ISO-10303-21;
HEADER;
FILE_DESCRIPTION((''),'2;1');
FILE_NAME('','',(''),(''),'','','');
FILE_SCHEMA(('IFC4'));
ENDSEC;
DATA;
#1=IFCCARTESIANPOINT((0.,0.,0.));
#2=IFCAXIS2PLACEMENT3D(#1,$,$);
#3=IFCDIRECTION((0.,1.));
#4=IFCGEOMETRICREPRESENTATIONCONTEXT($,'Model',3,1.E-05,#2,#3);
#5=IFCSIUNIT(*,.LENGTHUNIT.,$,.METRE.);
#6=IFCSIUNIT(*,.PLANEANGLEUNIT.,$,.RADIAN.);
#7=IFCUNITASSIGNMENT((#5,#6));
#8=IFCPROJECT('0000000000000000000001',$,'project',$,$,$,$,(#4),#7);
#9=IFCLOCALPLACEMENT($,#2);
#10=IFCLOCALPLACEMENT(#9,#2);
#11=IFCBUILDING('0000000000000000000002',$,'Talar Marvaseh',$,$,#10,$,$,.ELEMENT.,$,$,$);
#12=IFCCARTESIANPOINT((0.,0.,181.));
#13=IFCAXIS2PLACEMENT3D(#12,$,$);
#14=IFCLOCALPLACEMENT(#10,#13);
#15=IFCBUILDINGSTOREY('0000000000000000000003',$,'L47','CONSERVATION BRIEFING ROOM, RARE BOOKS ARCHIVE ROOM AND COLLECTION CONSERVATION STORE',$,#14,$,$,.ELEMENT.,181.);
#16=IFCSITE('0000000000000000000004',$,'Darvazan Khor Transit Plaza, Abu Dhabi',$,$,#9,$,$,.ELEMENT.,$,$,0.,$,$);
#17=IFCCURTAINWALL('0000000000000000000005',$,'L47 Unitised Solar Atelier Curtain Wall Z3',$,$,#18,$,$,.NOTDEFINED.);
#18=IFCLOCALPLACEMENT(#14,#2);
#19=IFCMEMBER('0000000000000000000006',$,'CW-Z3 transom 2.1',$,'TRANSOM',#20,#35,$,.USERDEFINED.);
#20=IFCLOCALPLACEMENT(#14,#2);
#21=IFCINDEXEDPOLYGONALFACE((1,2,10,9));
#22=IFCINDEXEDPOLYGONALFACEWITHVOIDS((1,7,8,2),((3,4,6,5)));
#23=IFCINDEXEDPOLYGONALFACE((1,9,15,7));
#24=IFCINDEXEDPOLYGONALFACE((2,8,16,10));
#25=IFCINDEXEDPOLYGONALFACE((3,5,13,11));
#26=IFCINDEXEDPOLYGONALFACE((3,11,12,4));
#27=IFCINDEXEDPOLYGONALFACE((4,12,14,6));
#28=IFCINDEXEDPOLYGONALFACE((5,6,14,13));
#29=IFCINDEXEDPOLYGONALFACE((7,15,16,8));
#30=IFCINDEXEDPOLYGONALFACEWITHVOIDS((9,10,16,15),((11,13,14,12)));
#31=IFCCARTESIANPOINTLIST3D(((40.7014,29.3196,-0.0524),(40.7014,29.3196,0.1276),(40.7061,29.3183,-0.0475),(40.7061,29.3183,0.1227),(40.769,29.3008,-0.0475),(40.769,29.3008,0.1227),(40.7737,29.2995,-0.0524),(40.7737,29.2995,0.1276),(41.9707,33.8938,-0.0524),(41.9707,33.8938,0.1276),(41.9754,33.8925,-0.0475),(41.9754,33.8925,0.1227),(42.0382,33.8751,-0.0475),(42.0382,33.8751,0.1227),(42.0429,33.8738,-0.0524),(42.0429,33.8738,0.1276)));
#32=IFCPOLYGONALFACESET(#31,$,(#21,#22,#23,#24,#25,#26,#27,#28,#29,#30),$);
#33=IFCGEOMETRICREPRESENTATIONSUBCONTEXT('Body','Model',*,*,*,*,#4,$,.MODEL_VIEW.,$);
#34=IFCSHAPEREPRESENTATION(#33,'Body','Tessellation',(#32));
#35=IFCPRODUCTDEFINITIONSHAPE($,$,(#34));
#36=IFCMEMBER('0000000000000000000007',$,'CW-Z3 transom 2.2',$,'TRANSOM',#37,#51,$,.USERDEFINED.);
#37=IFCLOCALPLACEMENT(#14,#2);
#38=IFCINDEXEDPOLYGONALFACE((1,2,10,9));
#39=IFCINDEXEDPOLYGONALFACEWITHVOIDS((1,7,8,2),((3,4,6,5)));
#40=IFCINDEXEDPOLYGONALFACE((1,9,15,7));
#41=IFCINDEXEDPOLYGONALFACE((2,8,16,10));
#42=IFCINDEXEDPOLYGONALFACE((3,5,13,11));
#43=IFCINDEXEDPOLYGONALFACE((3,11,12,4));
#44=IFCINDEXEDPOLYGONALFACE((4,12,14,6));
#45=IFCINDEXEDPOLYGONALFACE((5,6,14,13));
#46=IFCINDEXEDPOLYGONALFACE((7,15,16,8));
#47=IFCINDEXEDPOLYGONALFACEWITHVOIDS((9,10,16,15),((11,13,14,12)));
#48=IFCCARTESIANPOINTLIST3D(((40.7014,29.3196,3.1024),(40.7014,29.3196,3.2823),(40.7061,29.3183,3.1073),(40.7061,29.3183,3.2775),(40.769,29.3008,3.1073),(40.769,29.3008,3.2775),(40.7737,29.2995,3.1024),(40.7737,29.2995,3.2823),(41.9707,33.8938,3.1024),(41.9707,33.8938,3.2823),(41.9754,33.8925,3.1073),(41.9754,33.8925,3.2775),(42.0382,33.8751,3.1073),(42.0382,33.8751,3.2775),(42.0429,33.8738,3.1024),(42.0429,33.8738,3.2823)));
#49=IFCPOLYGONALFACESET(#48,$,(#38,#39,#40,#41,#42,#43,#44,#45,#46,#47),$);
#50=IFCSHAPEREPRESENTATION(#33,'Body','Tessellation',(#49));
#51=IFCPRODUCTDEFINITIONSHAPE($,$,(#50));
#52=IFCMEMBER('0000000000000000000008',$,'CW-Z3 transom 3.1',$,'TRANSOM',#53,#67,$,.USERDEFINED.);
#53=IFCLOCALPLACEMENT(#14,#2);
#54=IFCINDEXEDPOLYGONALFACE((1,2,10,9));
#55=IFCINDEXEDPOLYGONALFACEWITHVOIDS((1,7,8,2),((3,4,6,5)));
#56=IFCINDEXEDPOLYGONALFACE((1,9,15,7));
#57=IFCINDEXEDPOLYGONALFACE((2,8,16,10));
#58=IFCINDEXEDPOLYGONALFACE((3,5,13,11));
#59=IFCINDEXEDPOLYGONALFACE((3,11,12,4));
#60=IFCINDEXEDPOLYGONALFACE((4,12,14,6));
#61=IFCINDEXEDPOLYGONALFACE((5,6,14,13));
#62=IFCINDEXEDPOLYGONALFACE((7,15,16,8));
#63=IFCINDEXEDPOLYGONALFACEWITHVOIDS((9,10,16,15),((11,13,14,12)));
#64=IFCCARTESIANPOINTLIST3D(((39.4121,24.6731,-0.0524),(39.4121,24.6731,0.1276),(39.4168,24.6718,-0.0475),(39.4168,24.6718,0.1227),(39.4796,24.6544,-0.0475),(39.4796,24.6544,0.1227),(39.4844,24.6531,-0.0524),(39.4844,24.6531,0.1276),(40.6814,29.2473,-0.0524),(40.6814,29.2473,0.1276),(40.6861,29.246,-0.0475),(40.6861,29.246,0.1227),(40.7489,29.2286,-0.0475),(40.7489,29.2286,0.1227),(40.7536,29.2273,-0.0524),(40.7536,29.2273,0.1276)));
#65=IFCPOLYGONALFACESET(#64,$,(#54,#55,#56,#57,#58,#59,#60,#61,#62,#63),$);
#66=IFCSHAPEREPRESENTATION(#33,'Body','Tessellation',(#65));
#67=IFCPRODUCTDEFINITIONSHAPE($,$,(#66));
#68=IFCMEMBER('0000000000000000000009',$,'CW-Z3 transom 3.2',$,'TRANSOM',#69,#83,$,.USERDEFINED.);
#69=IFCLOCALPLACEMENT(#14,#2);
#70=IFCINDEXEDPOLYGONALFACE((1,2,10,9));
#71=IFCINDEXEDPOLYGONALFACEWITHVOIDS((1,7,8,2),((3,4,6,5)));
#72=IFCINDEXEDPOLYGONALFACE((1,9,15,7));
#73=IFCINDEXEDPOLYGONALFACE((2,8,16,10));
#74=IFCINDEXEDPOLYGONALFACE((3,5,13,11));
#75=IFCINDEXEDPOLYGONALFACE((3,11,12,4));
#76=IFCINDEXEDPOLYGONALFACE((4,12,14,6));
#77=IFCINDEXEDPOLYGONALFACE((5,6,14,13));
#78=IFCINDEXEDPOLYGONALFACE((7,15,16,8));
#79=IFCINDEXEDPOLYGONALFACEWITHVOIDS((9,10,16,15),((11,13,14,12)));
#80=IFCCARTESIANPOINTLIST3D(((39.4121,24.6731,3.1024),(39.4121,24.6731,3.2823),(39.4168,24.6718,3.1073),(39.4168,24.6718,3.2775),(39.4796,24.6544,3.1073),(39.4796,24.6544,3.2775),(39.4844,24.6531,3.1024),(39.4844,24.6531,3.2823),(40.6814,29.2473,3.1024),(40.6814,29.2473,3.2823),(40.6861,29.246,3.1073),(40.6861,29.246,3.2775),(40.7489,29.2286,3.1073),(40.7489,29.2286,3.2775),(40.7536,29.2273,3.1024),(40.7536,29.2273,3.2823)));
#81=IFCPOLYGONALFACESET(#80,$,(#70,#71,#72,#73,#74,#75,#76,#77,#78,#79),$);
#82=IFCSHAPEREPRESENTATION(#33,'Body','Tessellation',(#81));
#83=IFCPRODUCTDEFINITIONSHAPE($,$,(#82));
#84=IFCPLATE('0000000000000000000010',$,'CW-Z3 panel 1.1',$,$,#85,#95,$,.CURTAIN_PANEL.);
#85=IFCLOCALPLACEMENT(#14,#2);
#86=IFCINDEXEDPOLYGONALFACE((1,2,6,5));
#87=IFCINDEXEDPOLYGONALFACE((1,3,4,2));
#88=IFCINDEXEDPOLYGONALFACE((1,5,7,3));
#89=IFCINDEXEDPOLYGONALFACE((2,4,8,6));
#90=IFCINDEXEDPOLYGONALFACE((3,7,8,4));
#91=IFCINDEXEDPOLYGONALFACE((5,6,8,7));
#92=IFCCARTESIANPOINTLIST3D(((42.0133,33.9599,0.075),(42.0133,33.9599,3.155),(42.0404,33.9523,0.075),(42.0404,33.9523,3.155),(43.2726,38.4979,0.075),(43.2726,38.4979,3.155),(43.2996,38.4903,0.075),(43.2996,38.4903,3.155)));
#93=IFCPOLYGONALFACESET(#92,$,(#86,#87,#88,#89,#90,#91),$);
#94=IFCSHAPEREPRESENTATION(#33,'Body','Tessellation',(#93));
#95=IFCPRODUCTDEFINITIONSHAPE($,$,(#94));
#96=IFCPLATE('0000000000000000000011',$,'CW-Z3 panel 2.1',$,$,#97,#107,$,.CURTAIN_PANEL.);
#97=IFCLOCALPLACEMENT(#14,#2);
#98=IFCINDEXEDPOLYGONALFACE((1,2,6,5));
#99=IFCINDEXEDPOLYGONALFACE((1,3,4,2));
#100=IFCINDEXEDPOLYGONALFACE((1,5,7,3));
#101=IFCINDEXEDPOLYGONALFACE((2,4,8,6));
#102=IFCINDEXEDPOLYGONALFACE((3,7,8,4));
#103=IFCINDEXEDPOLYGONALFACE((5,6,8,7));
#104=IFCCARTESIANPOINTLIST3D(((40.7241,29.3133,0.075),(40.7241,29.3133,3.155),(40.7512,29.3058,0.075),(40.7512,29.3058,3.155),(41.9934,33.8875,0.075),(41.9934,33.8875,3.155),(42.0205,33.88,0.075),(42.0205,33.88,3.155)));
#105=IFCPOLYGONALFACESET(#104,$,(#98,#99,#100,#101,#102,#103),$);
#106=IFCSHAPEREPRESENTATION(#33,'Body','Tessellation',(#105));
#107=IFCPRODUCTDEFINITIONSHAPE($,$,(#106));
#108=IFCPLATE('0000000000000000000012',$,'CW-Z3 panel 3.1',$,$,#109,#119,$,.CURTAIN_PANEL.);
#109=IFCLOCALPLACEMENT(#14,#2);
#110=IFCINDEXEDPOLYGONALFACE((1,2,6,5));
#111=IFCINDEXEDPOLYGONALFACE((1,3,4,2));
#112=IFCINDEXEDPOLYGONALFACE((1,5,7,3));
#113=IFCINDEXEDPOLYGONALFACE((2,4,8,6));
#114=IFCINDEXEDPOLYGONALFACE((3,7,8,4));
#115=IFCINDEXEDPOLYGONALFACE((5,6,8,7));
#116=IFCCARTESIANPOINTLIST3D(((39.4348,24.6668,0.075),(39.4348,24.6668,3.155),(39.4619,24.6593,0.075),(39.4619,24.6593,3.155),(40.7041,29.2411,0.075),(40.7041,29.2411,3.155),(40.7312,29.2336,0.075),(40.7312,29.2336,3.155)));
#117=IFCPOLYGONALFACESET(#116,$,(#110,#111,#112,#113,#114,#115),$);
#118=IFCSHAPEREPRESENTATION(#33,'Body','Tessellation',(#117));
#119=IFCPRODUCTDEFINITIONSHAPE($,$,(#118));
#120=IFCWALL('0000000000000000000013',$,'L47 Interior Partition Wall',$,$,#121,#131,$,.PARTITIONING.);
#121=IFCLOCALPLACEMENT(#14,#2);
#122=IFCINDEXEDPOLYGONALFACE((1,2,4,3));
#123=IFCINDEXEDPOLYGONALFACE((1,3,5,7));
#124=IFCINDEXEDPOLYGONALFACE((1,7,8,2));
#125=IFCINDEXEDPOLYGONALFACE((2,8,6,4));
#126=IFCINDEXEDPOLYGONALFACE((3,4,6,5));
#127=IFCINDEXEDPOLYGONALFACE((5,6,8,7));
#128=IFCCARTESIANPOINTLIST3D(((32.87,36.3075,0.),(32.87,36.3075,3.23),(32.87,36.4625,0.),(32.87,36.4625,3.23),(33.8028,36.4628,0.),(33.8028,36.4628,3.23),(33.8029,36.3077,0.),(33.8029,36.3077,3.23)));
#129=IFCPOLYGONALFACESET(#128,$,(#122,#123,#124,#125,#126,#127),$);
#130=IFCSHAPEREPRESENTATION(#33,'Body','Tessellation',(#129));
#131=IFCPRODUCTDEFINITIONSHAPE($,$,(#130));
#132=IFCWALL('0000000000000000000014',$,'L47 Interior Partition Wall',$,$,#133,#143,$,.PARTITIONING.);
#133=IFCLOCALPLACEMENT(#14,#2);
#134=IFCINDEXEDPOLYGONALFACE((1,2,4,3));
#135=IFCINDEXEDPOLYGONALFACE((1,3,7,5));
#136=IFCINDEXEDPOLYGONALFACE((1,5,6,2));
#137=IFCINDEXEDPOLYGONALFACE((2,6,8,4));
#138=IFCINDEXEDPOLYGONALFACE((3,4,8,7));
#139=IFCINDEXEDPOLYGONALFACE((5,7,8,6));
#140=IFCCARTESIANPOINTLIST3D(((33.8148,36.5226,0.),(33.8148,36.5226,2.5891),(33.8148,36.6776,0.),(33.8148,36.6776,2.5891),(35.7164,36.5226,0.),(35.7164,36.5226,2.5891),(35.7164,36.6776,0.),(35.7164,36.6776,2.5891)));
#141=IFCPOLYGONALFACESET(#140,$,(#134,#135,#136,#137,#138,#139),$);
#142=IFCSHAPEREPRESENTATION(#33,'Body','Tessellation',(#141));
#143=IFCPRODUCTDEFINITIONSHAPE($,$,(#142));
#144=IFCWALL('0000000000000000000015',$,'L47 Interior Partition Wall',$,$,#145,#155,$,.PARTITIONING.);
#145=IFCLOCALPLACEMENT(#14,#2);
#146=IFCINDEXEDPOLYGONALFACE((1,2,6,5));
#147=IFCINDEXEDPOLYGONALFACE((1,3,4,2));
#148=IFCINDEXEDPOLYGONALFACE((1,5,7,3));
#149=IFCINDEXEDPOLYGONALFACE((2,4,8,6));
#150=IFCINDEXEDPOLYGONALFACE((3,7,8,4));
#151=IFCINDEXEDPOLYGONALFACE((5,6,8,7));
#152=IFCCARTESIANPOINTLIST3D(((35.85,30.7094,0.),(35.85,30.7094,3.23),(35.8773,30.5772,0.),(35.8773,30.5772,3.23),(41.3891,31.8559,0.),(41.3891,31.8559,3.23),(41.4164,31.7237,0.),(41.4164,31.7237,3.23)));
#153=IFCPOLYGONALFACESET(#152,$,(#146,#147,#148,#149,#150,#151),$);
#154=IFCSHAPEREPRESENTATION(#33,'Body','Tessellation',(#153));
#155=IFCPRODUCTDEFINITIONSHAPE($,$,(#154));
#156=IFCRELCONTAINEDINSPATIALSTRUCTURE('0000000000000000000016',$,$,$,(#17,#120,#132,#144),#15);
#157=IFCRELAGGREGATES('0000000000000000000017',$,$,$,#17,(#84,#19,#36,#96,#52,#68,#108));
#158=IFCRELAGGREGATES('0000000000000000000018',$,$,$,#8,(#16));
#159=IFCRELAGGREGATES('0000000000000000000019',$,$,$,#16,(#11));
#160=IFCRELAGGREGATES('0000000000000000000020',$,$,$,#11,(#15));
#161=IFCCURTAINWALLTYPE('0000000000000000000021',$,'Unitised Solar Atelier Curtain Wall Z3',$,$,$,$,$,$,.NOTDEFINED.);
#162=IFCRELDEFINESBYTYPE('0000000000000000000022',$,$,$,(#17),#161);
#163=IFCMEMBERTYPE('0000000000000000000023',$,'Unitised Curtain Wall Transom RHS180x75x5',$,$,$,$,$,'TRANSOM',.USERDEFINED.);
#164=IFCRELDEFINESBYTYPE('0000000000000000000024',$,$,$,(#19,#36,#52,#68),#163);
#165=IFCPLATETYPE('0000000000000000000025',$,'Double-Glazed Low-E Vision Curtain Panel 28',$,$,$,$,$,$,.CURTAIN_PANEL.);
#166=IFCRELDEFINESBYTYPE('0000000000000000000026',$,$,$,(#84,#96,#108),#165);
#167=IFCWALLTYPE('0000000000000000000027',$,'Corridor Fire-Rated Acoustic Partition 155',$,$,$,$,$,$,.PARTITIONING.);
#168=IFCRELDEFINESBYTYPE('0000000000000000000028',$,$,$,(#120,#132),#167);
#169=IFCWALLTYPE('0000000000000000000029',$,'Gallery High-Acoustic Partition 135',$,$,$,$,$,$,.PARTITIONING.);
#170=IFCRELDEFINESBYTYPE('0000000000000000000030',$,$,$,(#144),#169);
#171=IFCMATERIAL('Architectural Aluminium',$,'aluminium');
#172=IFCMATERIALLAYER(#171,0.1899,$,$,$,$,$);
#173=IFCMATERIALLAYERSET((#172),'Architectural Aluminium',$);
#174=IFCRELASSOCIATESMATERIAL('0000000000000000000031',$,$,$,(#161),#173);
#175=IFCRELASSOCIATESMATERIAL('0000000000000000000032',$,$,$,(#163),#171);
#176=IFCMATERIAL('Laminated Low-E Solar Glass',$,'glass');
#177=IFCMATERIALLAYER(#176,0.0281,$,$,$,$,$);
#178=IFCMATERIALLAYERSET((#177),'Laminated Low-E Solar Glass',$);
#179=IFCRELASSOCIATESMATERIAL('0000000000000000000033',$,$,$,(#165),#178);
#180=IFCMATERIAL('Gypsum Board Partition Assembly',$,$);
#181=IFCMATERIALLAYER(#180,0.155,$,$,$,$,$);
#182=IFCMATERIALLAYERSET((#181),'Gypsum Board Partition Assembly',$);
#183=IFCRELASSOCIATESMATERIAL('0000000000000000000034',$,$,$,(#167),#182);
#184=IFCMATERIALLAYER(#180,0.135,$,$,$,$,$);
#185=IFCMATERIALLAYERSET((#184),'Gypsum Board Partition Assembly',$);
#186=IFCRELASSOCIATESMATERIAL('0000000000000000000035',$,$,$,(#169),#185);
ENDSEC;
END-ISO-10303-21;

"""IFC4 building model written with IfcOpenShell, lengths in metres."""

from ifc_helpers import new_model, si_unit, direction, frame, frame_2d, origin, origin_2d, place, context, subcontext, project, spatial, rectangle, hollow_rectangle, extrude, source, transform, mapped, material, layer, layer_set, material_profile, profile_set, type_object, type_shapes, element, aggregate, save


model = new_model("IFC4")

# Units and contexts
model_context = context("Model", 3, precision=1e-05, world=origin(), true_north=direction((0.0, 1.0)))
body_context = subcontext(model_context, "Body", "Model", "MODEL_VIEW")
ifc_project = project(units=[si_unit("LENGTHUNIT", "METRE"), si_unit("PLANEANGLEUNIT", "RADIAN")], contexts=[model_context])

# Site, building, storey
site_placement = place(None, origin())
site = spatial("IfcSite", under=ifc_project, at=site_placement, Name="Darvazan Khor Transit Plaza, Abu Dhabi", CompositionType="ELEMENT", RefElevation=0.0)
building_placement = place(site_placement, origin())
building = spatial("IfcBuilding", under=site, at=building_placement, Name="Talar Marvaseh", CompositionType="ELEMENT")
storey_placement = place(building_placement, frame((0.0, 0.0, 181.0)))
storey = spatial("IfcBuildingStorey", under=building, at=storey_placement, Name="L47", Description="CONSERVATION BRIEFING ROOM, RARE BOOKS ARCHIVE ROOM AND COLLECTION CONSERVATION STORE", CompositionType="ELEMENT", Elevation=181.0)

# Curtain wall, members, plates
ifc_material_1 = material(Name="Architectural Aluminium", Category="aluminium")
ifc_layer_1 = layer(ifc_material_1, 0.1899)
ifc_layer_set_1 = layer_set([ifc_layer_1], Name="Architectural Aluminium")
curtain_wall_type = type_object("IfcCurtainWallType", Name="Unitised Solar Atelier Curtain Wall Z3", PredefinedType="NOTDEFINED", material=ifc_layer_set_1)
curtain_wall_placement = place(storey_placement, origin())
curtain_wall = element("IfcCurtainWall", 1, at=curtain_wall_placement, inside=storey, type_object=curtain_wall_type, Name="L47 Unitised Solar Atelier Curtain Wall Z3", PredefinedType="NOTDEFINED")
ifc_material_profile_1 = material_profile(ifc_material_1, hollow_rectangle(XDim=0.075, YDim=0.1799, WallThickness=0.0049, at=origin_2d()), Name="RHS180x75x5")
ifc_profile_set_1 = profile_set([ifc_material_profile_1], Name="Architectural Aluminium")
member_type_1 = type_object("IfcMemberType", Name="Unitised Curtain Wall Transom RHS180x75x5", ElementType="TRANSOM", PredefinedType="USERDEFINED", material=ifc_profile_set_1)
shared_shape_1 = source(origin(), body_context, "Body", "SweptSolid", [
    extrude(hollow_rectangle(XDim=0.075, YDim=0.1799, WallThickness=0.0049, at=origin_2d()), origin(), (0.0, 0.0, 1.0), 4.7471),
])
type_shapes(member_type_1, [shared_shape_1])
member_1_placement = place(storey_placement, frame((42.0068, 33.8838, 0.0376), z_axis=(-0.267384, -0.96359, 0.0), x_axis=(0.96359, -0.267384, 0.0)))
member_1 = element("IfcMember", 2, at=member_1_placement, type_object=member_type_1, Name="CW-Z3 transom 2.1", ObjectType="TRANSOM", PredefinedType="USERDEFINED", context=body_context, shape_type="MappedRepresentation", body=[
    mapped(shared_shape_1, transform((0.0, 0.0, 0.0), x_axis=(1.0, 0.0, 0.0), y_axis=(0.0, 1.0, 0.0), z_axis=(0.0, 0.0, 1.0), scale=1.0)),
])
member_2_placement = place(storey_placement, frame((42.0068, 33.8838, 3.1924), z_axis=(-0.267384, -0.96359, 0.0), x_axis=(0.96359, -0.267384, 0.0)))
member_2 = element("IfcMember", 3, at=member_2_placement, type_object=member_type_1, Name="CW-Z3 transom 2.2", ObjectType="TRANSOM", PredefinedType="USERDEFINED", context=body_context, shape_type="MappedRepresentation", body=[
    mapped(shared_shape_1, transform((0.0, 0.0, 0.0), x_axis=(1.0, 0.0, 0.0), y_axis=(0.0, 1.0, 0.0), z_axis=(0.0, 0.0, 1.0), scale=1.0)),
])
member_3_placement = place(storey_placement, frame((40.7175, 29.2373, 0.0376), z_axis=(-0.267384, -0.96359, 0.0), x_axis=(0.96359, -0.267384, 0.0)))
member_3 = element("IfcMember", 4, at=member_3_placement, type_object=member_type_1, Name="CW-Z3 transom 3.1", ObjectType="TRANSOM", PredefinedType="USERDEFINED", context=body_context, shape_type="MappedRepresentation", body=[
    mapped(shared_shape_1, transform((0.0, 0.0, 0.0), x_axis=(1.0, 0.0, 0.0), y_axis=(0.0, 1.0, 0.0), z_axis=(0.0, 0.0, 1.0), scale=1.0)),
])
member_4_placement = place(storey_placement, frame((40.7175, 29.2373, 3.1924), z_axis=(-0.267384, -0.96359, 0.0), x_axis=(0.96359, -0.267384, 0.0)))
member_4 = element("IfcMember", 5, at=member_4_placement, type_object=member_type_1, Name="CW-Z3 transom 3.2", ObjectType="TRANSOM", PredefinedType="USERDEFINED", context=body_context, shape_type="MappedRepresentation", body=[
    mapped(shared_shape_1, transform((0.0, 0.0, 0.0), x_axis=(1.0, 0.0, 0.0), y_axis=(0.0, 1.0, 0.0), z_axis=(0.0, 0.0, 1.0), scale=1.0)),
])
ifc_material_2 = material(Name="Laminated Low-E Solar Glass", Category="glass")
ifc_layer_2 = layer(ifc_material_2, 0.0281)
ifc_layer_set_2 = layer_set([ifc_layer_2], Name="Laminated Low-E Solar Glass")
plate_type = type_object("IfcPlateType", Name="Double-Glazed Low-E Vision Curtain Panel 28", PredefinedType="CURTAIN_PANEL", material=ifc_layer_set_2)
shared_shape_2 = source(origin(), body_context, "Body", "SweptSolid", [
    extrude(rectangle(XDim=4.7095, YDim=0.0281, at=origin_2d()), origin(), (0.0, 0.0, 1.0), 3.0801),
])
plate_1_placement = place(storey_placement, frame((42.6565, 36.2251, 0.075), z_axis=(0.0, 0.0, 1.0), x_axis=(-0.267386, -0.963589, 0.0)))
plate_1 = element("IfcPlate", 6, at=plate_1_placement, type_object=plate_type, Name="CW-Z3 panel 1.1", PredefinedType="CURTAIN_PANEL", context=body_context, shape_type="MappedRepresentation", body=[
    mapped(shared_shape_2, transform((0.0, 0.0, 0.0), x_axis=(1.0, 0.0, 0.0), y_axis=(0.0, 1.0, 0.0), z_axis=(0.0, 0.0, 1.0), scale=1.0)),
])
shared_shape_3 = source(origin(), body_context, "Body", "SweptSolid", [
    extrude(rectangle(XDim=4.7471, YDim=0.0281, at=origin_2d()), origin(), (0.0, 0.0, 1.0), 3.0801),
])
type_shapes(plate_type, [shared_shape_2, shared_shape_3])
plate_2_placement = place(storey_placement, frame((41.3723, 31.5967, 0.075), z_axis=(0.0, 0.0, 1.0), x_axis=(-0.267386, -0.963589, 0.0)))
plate_2 = element("IfcPlate", 7, at=plate_2_placement, type_object=plate_type, Name="CW-Z3 panel 2.1", PredefinedType="CURTAIN_PANEL", context=body_context, shape_type="MappedRepresentation", body=[
    mapped(shared_shape_3, transform((0.0, 0.0, 0.0), x_axis=(1.0, 0.0, 0.0), y_axis=(0.0, 1.0, 0.0), z_axis=(0.0, 0.0, 1.0), scale=1.0)),
])
plate_3_placement = place(storey_placement, frame((40.083, 26.9502, 0.075), z_axis=(0.0, 0.0, 1.0), x_axis=(-0.267386, -0.963589, 0.0)))
plate_3 = element("IfcPlate", 8, at=plate_3_placement, type_object=plate_type, Name="CW-Z3 panel 3.1", PredefinedType="CURTAIN_PANEL", context=body_context, shape_type="MappedRepresentation", body=[
    mapped(shared_shape_3, transform((0.0, 0.0, 0.0), x_axis=(1.0, 0.0, 0.0), y_axis=(0.0, 1.0, 0.0), z_axis=(0.0, 0.0, 1.0), scale=1.0)),
])
aggregate(curtain_wall, [plate_1, member_1, member_2, plate_2, member_3, member_4, plate_3])

# Walls
ifc_material_3 = material(Name="Gypsum Board Partition Assembly")
ifc_layer_3 = layer(ifc_material_3, 0.155)
ifc_layer_set_3 = layer_set([ifc_layer_3], Name="Gypsum Board Partition Assembly")
wall_type_1 = type_object("IfcWallType", Name="Corridor Fire-Rated Acoustic Partition 155", PredefinedType="PARTITIONING", material=ifc_layer_set_3)
wall_1_placement = place(storey_placement, frame((32.8701, 36.385, 0.0), z_axis=(0.0, 0.0, 1.0), x_axis=(1.0, 0.000262, 0.0)))
element("IfcWall", 9, at=wall_1_placement, inside=storey, type_object=wall_type_1, Name="L47 Interior Partition Wall", PredefinedType="PARTITIONING", context=body_context, shape_type="SweptSolid", body=[
    extrude(rectangle(XDim=0.9329, YDim=0.155, at=frame_2d((0.4663, 0.0))), origin(), (0.0, 0.0, 1.0), 3.23),
])
wall_2_placement = place(storey_placement, frame((33.8149, 36.6001, 0.0), z_axis=(0.0, 0.0, 1.0), x_axis=(1.0, 0.0, 0.0)))
element("IfcWall", 10, at=wall_2_placement, inside=storey, type_object=wall_type_1, Name="L47 Interior Partition Wall", PredefinedType="PARTITIONING", context=body_context, shape_type="SweptSolid", body=[
    extrude(rectangle(XDim=1.9016, YDim=0.155, at=frame_2d((0.9507, 0.0))), origin(), (0.0, 0.0, 1.0), 2.5891),
])
ifc_layer_4 = layer(ifc_material_3, 0.135)
ifc_layer_set_4 = layer_set([ifc_layer_4], Name="Gypsum Board Partition Assembly")
wall_type_2 = type_object("IfcWallType", Name="Gallery High-Acoustic Partition 135", PredefinedType="PARTITIONING", material=ifc_layer_set_4)
wall_3_placement = place(storey_placement, frame((35.8638, 30.6433, 0.0), z_axis=(0.0, 0.0, 1.0), x_axis=(0.979244, 0.202686, 0.0)))
element("IfcWall", 11, at=wall_3_placement, inside=storey, type_object=wall_type_2, Name="L47 Interior Partition Wall", PredefinedType="PARTITIONING", context=body_context, shape_type="SweptSolid", body=[
    extrude(rectangle(XDim=5.6565, YDim=0.135, at=frame_2d((2.8281, 0.0))), origin(), (0.0, 0.0, 1.0), 3.23),
])

save(model, "model.ifc")
